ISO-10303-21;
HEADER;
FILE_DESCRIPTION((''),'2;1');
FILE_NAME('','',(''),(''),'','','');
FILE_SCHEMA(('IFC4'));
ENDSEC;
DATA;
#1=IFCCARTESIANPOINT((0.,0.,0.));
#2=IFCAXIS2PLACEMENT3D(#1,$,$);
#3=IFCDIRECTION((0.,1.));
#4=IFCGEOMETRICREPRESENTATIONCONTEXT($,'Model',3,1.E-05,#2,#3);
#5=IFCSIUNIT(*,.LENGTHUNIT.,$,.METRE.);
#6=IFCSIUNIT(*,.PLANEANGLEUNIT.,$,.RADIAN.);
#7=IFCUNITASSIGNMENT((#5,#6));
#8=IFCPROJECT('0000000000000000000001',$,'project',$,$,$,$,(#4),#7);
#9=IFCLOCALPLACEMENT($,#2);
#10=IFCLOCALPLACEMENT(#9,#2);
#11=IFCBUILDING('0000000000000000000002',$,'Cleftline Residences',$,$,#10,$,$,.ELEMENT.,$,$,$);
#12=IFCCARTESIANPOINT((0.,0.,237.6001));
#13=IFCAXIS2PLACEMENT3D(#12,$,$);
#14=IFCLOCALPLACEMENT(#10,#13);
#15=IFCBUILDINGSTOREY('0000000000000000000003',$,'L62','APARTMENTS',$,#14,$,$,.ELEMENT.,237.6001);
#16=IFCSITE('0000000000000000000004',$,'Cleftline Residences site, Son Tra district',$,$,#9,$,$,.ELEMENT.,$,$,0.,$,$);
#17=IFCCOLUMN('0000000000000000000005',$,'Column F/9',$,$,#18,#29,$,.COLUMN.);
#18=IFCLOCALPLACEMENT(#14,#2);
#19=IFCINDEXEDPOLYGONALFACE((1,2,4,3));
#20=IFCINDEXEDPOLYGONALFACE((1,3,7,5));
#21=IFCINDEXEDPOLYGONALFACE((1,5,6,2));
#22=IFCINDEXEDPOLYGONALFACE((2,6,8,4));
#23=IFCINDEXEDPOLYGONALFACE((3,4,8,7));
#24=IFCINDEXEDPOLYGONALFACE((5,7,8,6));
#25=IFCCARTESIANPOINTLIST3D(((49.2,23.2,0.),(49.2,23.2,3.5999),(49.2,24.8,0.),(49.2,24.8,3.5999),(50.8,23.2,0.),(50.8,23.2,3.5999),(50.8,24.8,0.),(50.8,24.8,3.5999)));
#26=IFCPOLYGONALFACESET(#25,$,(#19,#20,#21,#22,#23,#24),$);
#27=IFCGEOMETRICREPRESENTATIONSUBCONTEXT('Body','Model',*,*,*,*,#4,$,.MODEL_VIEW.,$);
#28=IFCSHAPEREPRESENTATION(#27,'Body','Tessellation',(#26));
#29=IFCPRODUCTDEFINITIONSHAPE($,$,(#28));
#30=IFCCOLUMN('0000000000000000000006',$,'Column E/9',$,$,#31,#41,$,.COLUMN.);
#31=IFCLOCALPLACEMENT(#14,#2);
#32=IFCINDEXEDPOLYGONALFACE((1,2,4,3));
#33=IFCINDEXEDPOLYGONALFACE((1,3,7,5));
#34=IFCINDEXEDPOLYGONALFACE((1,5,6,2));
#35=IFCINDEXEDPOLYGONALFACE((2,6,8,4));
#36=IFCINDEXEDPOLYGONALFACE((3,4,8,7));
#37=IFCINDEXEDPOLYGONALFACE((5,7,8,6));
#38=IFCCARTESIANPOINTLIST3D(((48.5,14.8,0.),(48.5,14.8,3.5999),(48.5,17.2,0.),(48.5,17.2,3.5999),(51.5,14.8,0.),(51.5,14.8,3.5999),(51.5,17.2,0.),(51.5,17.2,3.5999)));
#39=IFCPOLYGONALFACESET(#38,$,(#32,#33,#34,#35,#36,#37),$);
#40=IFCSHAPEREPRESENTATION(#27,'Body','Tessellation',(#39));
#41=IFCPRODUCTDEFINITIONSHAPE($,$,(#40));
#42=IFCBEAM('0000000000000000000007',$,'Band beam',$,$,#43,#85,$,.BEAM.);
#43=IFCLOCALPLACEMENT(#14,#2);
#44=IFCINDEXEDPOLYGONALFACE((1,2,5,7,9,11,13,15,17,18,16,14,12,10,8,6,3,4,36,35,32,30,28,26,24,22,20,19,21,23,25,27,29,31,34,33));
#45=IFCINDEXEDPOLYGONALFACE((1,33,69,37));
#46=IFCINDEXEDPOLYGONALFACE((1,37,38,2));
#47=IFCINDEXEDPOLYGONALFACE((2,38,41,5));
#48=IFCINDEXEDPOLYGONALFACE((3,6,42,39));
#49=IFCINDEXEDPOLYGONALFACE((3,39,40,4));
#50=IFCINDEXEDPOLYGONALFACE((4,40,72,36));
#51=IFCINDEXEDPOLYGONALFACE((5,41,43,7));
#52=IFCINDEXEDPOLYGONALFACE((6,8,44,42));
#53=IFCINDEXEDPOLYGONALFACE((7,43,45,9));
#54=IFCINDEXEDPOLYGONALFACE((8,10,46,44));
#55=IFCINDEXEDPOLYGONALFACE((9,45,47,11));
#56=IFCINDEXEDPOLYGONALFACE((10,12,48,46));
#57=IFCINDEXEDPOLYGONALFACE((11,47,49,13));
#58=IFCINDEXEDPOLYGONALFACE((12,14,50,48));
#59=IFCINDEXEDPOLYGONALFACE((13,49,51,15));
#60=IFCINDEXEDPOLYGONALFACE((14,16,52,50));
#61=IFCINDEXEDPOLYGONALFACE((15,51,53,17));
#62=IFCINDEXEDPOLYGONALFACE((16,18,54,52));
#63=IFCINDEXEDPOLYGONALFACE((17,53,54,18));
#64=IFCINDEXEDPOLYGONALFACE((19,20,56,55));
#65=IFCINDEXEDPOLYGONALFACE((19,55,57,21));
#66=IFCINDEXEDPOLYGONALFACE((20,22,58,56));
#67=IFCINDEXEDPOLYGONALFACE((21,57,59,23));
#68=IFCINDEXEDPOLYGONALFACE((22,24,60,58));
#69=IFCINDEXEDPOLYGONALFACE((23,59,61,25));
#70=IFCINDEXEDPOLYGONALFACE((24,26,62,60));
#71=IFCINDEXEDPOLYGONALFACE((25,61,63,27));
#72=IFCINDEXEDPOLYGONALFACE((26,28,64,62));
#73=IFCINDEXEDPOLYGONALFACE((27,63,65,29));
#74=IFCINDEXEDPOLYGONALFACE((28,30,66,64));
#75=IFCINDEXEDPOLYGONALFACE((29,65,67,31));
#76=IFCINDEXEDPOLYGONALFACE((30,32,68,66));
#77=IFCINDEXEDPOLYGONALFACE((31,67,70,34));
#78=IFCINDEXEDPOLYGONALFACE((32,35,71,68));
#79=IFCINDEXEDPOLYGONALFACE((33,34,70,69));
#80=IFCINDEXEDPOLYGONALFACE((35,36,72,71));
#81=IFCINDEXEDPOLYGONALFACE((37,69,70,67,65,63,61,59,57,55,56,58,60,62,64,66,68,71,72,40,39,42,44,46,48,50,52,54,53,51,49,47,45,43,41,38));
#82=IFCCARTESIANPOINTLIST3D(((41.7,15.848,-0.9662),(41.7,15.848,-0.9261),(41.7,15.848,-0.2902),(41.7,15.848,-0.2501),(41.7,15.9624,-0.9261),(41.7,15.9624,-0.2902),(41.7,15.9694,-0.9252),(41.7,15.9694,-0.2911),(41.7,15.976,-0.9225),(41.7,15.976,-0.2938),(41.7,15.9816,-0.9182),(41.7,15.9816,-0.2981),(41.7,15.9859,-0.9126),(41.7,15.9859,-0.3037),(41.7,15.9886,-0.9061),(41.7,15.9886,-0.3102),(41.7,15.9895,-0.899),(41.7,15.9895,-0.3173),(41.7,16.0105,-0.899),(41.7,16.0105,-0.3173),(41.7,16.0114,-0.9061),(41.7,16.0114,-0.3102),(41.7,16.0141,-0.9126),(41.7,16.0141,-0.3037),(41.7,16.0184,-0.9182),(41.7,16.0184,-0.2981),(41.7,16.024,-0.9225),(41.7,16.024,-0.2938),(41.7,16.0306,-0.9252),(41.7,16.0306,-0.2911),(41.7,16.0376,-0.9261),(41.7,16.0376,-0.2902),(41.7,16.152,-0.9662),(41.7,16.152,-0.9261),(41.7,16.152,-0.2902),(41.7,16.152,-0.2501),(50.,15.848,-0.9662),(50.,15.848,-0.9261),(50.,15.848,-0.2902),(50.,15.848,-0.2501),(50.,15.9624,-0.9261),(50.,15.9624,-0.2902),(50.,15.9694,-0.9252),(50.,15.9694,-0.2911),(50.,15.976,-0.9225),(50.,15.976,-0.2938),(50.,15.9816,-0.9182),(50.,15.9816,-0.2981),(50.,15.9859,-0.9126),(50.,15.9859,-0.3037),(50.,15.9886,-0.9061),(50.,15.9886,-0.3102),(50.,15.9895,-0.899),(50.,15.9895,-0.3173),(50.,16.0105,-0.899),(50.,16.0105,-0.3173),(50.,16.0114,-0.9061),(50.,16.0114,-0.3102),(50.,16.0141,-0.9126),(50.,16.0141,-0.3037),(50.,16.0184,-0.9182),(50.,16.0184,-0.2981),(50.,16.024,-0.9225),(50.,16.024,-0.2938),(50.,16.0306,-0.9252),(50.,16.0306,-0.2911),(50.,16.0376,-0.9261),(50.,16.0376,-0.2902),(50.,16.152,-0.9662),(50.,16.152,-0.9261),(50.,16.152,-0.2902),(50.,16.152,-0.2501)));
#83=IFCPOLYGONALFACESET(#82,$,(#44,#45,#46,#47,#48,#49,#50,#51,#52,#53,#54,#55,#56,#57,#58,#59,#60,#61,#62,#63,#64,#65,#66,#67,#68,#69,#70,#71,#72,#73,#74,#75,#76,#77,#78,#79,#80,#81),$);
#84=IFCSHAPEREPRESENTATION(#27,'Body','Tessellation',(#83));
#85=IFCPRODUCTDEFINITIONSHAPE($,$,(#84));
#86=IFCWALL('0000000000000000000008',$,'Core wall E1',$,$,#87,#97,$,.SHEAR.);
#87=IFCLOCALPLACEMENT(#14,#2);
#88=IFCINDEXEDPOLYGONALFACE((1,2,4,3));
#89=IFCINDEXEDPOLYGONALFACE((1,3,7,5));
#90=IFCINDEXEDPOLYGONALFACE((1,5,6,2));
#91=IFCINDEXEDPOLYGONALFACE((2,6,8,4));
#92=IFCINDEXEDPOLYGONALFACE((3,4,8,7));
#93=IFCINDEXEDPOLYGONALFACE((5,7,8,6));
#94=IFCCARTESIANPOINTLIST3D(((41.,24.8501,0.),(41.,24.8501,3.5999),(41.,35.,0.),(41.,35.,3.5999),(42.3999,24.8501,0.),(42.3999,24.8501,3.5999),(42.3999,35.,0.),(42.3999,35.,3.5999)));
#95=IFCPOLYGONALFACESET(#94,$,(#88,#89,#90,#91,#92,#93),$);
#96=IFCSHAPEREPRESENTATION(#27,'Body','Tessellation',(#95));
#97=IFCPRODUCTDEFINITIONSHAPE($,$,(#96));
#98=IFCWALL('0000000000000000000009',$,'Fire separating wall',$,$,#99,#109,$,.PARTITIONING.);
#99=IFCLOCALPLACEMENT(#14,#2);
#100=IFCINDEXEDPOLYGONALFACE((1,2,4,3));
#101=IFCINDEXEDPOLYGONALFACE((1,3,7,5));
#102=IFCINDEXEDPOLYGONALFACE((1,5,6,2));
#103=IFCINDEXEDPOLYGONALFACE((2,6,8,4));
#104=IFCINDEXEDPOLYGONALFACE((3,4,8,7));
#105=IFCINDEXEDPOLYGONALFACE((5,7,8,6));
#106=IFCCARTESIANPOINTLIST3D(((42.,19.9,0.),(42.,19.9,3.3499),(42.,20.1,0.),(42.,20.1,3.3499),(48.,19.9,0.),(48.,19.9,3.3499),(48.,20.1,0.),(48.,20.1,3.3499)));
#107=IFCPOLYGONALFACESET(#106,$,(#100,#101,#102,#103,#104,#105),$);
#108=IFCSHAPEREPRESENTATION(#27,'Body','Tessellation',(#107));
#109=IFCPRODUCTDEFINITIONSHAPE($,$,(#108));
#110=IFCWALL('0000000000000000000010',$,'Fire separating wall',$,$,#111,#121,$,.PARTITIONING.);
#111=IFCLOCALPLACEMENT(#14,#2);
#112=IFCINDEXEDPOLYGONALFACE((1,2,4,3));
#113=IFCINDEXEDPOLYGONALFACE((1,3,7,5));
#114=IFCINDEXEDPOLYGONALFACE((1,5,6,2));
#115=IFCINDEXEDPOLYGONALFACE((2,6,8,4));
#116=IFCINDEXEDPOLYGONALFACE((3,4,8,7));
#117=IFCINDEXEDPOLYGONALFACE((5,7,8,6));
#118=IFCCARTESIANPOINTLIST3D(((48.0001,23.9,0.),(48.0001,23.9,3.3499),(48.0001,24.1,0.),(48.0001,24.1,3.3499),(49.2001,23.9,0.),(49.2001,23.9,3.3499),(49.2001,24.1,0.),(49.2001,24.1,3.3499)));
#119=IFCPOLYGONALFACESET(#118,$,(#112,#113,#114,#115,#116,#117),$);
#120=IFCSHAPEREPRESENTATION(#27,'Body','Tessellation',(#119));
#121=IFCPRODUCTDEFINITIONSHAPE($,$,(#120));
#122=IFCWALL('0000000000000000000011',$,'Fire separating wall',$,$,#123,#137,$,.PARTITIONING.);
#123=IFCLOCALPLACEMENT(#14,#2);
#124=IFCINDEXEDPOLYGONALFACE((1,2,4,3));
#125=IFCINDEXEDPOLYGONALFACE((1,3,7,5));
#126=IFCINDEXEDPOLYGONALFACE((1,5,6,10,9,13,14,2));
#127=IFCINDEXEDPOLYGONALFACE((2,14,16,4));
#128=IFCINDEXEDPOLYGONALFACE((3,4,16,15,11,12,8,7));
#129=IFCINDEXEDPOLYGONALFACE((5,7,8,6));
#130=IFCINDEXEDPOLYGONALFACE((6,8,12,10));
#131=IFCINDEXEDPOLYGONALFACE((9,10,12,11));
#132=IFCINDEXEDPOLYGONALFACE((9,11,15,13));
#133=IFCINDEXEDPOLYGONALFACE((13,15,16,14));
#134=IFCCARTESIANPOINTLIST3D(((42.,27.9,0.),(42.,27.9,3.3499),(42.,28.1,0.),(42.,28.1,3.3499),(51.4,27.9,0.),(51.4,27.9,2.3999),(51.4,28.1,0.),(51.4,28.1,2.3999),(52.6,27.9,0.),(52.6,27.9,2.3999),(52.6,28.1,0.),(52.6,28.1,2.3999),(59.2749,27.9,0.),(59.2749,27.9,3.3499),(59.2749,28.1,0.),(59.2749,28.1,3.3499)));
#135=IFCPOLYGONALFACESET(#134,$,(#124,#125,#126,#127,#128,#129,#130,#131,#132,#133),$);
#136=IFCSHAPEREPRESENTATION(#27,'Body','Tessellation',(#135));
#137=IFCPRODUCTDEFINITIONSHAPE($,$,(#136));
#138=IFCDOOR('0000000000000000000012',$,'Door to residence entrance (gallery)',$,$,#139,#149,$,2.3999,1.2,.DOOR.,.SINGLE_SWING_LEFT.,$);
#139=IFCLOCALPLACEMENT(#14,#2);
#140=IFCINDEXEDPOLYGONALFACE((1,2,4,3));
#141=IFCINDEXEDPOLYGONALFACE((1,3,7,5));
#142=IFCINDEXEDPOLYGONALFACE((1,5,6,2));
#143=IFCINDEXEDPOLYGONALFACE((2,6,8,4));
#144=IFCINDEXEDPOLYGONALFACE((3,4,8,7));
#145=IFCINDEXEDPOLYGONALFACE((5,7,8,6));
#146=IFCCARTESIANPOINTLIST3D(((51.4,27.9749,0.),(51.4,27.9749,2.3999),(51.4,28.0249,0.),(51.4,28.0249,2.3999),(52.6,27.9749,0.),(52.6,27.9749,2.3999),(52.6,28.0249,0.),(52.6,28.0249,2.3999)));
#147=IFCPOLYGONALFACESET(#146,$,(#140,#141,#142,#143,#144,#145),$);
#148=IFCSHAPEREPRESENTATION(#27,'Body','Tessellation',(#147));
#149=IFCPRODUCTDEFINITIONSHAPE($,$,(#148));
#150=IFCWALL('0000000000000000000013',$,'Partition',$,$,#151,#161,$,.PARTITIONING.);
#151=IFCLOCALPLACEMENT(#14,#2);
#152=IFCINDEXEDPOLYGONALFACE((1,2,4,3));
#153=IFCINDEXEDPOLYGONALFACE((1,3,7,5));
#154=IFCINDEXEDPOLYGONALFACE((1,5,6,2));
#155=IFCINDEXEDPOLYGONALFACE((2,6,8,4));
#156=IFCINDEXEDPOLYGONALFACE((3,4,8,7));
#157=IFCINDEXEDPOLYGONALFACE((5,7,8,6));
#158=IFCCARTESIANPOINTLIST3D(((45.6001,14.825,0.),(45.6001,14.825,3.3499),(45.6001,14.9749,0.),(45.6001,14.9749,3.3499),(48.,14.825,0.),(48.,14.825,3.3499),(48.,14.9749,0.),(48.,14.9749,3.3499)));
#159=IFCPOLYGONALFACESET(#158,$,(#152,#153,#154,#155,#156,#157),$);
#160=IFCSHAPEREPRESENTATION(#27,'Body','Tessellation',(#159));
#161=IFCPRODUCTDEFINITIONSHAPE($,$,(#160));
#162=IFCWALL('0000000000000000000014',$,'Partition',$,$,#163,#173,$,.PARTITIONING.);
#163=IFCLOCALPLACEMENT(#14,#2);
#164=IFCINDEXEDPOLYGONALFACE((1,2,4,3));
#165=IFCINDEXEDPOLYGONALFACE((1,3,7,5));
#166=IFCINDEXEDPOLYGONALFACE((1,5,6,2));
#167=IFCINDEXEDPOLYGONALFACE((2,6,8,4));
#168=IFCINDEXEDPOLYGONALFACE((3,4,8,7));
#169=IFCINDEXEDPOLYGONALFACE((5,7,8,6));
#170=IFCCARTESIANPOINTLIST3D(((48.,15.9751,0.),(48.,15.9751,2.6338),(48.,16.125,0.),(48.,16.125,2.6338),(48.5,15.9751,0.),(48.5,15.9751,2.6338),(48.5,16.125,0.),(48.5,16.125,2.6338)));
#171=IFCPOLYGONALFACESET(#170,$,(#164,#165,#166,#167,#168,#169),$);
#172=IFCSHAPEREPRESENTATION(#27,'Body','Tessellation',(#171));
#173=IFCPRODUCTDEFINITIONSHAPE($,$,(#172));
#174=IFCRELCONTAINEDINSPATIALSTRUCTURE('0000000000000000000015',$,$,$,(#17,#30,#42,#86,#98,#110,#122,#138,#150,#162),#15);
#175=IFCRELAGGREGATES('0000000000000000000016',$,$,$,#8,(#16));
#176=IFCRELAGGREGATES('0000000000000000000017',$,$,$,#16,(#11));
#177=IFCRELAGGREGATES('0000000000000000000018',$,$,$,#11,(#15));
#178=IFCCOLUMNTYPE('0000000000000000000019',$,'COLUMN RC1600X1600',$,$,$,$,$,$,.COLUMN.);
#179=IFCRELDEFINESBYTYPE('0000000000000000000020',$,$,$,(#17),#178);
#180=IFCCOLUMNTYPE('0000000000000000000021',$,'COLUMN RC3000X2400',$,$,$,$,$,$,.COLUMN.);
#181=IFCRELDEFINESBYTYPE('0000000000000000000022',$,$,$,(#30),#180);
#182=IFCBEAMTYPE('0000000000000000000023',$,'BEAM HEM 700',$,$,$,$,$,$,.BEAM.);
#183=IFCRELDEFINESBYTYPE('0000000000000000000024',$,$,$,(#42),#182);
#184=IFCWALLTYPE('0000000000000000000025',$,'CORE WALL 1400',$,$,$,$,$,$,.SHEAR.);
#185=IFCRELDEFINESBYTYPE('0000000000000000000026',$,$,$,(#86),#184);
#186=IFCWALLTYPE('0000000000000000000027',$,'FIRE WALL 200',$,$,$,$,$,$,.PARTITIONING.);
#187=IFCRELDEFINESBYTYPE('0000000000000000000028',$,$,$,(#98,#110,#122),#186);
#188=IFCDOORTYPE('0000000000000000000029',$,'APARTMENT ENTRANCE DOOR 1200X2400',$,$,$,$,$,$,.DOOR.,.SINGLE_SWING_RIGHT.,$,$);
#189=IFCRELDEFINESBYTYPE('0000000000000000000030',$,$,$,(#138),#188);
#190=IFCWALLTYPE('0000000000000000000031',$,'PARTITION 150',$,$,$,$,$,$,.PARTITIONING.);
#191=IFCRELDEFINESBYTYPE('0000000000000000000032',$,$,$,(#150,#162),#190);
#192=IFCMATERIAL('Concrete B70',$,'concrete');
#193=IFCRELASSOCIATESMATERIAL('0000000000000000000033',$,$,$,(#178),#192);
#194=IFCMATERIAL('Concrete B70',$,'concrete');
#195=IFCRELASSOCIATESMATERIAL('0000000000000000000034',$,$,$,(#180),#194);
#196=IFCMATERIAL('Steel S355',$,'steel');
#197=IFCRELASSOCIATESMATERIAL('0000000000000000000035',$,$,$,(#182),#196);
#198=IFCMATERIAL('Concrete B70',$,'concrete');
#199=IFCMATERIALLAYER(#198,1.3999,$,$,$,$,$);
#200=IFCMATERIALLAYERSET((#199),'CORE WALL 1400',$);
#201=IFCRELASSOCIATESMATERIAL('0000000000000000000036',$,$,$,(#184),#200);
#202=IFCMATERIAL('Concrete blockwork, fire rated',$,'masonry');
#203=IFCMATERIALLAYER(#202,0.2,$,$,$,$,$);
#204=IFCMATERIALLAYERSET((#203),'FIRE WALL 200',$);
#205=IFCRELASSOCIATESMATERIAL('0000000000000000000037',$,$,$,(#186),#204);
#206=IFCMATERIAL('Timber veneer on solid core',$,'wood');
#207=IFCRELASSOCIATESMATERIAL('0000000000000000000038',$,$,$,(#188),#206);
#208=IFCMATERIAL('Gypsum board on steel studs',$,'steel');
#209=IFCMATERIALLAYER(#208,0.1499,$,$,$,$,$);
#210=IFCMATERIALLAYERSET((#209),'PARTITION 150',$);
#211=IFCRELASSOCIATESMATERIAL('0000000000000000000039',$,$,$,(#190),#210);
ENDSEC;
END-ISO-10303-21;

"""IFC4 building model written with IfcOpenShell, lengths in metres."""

from ifc_helpers import new_model, si_unit, direction, frame, frame_2d, origin, origin_2d, place, context, subcontext, project, spatial, rectangle, i_section, extrude, material, layer, layer_set, material_profile, profile_set, type_object, element, fill, save


model = new_model("IFC4")

# Units and contexts
model_context = context("Model", 3, precision=1e-05, world=origin(), true_north=direction((0.0, 1.0)))
body_context = subcontext(model_context, "Body", "Model", "MODEL_VIEW")
ifc_project = project(units=[si_unit("LENGTHUNIT", "METRE"), si_unit("PLANEANGLEUNIT", "RADIAN")], contexts=[model_context])

# Site, building, storey
site_placement = place(None, origin())
site = spatial("IfcSite", under=ifc_project, at=site_placement, Name="Cleftline Residences site, Son Tra district", CompositionType="ELEMENT", RefElevation=0.0)
building_placement = place(site_placement, origin())
building = spatial("IfcBuilding", under=site, at=building_placement, Name="Cleftline Residences", CompositionType="ELEMENT")
storey_placement = place(building_placement, frame((0.0, 0.0, 237.6001)))
storey = spatial("IfcBuildingStorey", under=building, at=storey_placement, Name="L62", Description="APARTMENTS", CompositionType="ELEMENT", Elevation=237.6001)

# Columns
ifc_material_1 = material(Name="Concrete B70", Category="concrete")
ifc_material_profile_1 = material_profile(ifc_material_1, rectangle(XDim=1.6001, YDim=1.6001, at=origin_2d()))
ifc_profile_set_1 = profile_set([ifc_material_profile_1], Name="Concrete B70")
column_type_1 = type_object("IfcColumnType", Name="COLUMN RC1600X1600", PredefinedType="COLUMN", material=ifc_profile_set_1)
column_1_placement = place(storey_placement, frame((50.0, 24.0, 0.0), z_axis=(0.0, 0.0, 1.0), x_axis=(1.0, 0.0, 0.0)))
element("IfcColumn", 1, at=column_1_placement, inside=storey, type_object=column_type_1, Name="Column F/9", PredefinedType="COLUMN", context=body_context, shape_type="SweptSolid", body=[
    extrude(rectangle(XDim=1.6001, YDim=1.6001, at=origin_2d()), origin(), (0.0, 0.0, 1.0), 3.5999),
])
ifc_material_2 = material(Name="Concrete B70", Category="concrete")
ifc_material_profile_2 = material_profile(ifc_material_2, rectangle(XDim=3.0, YDim=2.3999, at=origin_2d()))
ifc_profile_set_2 = profile_set([ifc_material_profile_2], Name="Concrete B70")
column_type_2 = type_object("IfcColumnType", Name="COLUMN RC3000X2400", PredefinedType="COLUMN", material=ifc_profile_set_2)
column_2_placement = place(storey_placement, frame((50.0, 16.0, 0.0), z_axis=(0.0, 0.0, 1.0), x_axis=(1.0, 0.0, 0.0)))
element("IfcColumn", 2, at=column_2_placement, inside=storey, type_object=column_type_2, Name="Column E/9", PredefinedType="COLUMN", context=body_context, shape_type="SweptSolid", body=[
    extrude(rectangle(XDim=3.0, YDim=2.3999, at=origin_2d()), origin(), (0.0, 0.0, 1.0), 3.5999),
])

# Beam
ifc_material_3 = material(Name="Steel S355", Category="steel")
ifc_material_profile_3 = material_profile(ifc_material_3, i_section(OverallWidth=0.304, OverallDepth=0.7161, WebThickness=0.021, FlangeThickness=0.04, FilletRadius=0.0271, at=origin_2d()))
ifc_profile_set_3 = profile_set([ifc_material_profile_3], Name="Steel S355")
beam_type = type_object("IfcBeamType", Name="BEAM HEM 700", PredefinedType="BEAM", material=ifc_profile_set_3)
beam_placement = place(storey_placement, frame((50.0, 16.0, -0.6082), z_axis=(-1.0, 0.0, 0.0), x_axis=(0.0, -1.0, 0.0)))
element("IfcBeam", 3, at=beam_placement, inside=storey, type_object=beam_type, Name="Band beam", PredefinedType="BEAM", context=body_context, shape_type="SweptSolid", body=[
    extrude(i_section(OverallWidth=0.304, OverallDepth=0.7161, WebThickness=0.021, FlangeThickness=0.04, FilletRadius=0.0271, at=origin_2d()), origin(), (0.0, 0.0, 1.0), 8.3),
])

# Walls
ifc_material_4 = material(Name="Concrete B70", Category="concrete")
ifc_layer_1 = layer(ifc_material_4, 1.3999)
ifc_layer_set_1 = layer_set([ifc_layer_1], Name="CORE WALL 1400")
wall_type_1 = type_object("IfcWallType", Name="CORE WALL 1400", PredefinedType="SHEAR", material=ifc_layer_set_1)
wall_1_placement = place(storey_placement, frame((41.7, 24.8501, 0.0), z_axis=(0.0, 0.0, 1.0), x_axis=(0.0, 1.0, 0.0)))
element("IfcWall", 4, at=wall_1_placement, inside=storey, type_object=wall_type_1, Name="Core wall E1", PredefinedType="SHEAR", context=body_context, shape_type="SweptSolid", body=[
    extrude(rectangle(XDim=10.1499, YDim=1.3999, at=frame_2d((5.075, 0.0))), origin(), (0.0, 0.0, 1.0), 3.5999),
])
ifc_material_5 = material(Name="Concrete blockwork, fire rated", Category="masonry")
ifc_layer_2 = layer(ifc_material_5, 0.2)
ifc_layer_set_2 = layer_set([ifc_layer_2], Name="FIRE WALL 200")
wall_type_2 = type_object("IfcWallType", Name="FIRE WALL 200", PredefinedType="PARTITIONING", material=ifc_layer_set_2)
wall_2_placement = place(storey_placement, frame((42.0, 20.0, 0.0), z_axis=(0.0, 0.0, 1.0), x_axis=(1.0, 0.0, 0.0)))
element("IfcWall", 5, at=wall_2_placement, inside=storey, type_object=wall_type_2, Name="Fire separating wall", PredefinedType="PARTITIONING", context=body_context, shape_type="SweptSolid", body=[
    extrude(rectangle(XDim=6.0, YDim=0.2, at=frame_2d((3.0, 0.0))), origin(), (0.0, 0.0, 1.0), 3.3499),
])
wall_3_placement = place(storey_placement, frame((48.0, 24.0, 0.0), z_axis=(0.0, 0.0, 1.0), x_axis=(1.0, 0.0, 0.0)))
element("IfcWall", 6, at=wall_3_placement, inside=storey, type_object=wall_type_2, Name="Fire separating wall", PredefinedType="PARTITIONING", context=body_context, shape_type="SweptSolid", body=[
    extrude(rectangle(XDim=1.2, YDim=0.2, at=frame_2d((0.6001, 0.0))), origin(), (0.0, 0.0, 1.0), 3.3499),
])

# Wall, opening, door
wall_4_placement = place(storey_placement, frame((42.0, 28.0, 0.0), z_axis=(0.0, 0.0, 1.0), x_axis=(1.0, 0.0, 0.0)))
wall_4 = element("IfcWall", 7, at=wall_4_placement, inside=storey, type_object=wall_type_2, Name="Fire separating wall", PredefinedType="PARTITIONING", context=body_context, shape_type="SweptSolid", body=[
    extrude(rectangle(XDim=17.2749, YDim=0.2, at=frame_2d((8.6375, 0.0))), origin(), (0.0, 0.0, 1.0), 3.3499),
])
opening_1_placement = place(wall_4_placement, frame((9.3999, 0.0, 0.0)))
opening_1 = element("IfcOpeningElement", 8, at=opening_1_placement, cuts=wall_4, PredefinedType="OPENING", context=body_context, shape_type="SweptSolid", body=[
    extrude(rectangle(XDim=1.2, YDim=2.3999, at=frame_2d((0.6001, 1.2))), frame((0.0, 0.1099, 0.0), z_axis=(0.0, -1.0, 0.0), x_axis=(1.0, 0.0, 0.0)), (0.0, 0.0, 1.0), 0.22),
])
ifc_material_6 = material(Name="Timber veneer on solid core", Category="wood")
door_type_1 = type_object("IfcDoorType", Name="APARTMENT ENTRANCE DOOR 1200X2400", OperationType="SINGLE_SWING_RIGHT", PredefinedType="DOOR", material=ifc_material_6)
door_1_placement = place(opening_1_placement, origin())
door_1 = element("IfcDoor", 9, at=door_1_placement, inside=storey, type_object=door_type_1, Name="Door to residence entrance (gallery)", OperationType="SINGLE_SWING_LEFT", OverallHeight=2.3999, OverallWidth=1.2, PredefinedType="DOOR", context=body_context, shape_type="SweptSolid", body=[
    extrude(rectangle(XDim=1.2, YDim=2.3999, at=frame_2d((0.6001, 1.2))), frame((0.0, 0.0249, 0.0), z_axis=(0.0, -1.0, 0.0), x_axis=(1.0, 0.0, 0.0)), (0.0, 0.0, 1.0), 0.05),
])
fill(opening_1, door_1)

# Walls
ifc_material_7 = material(Name="Gypsum board on steel studs", Category="steel")
ifc_layer_3 = layer(ifc_material_7, 0.1499)
ifc_layer_set_3 = layer_set([ifc_layer_3], Name="PARTITION 150")
wall_type_3 = type_object("IfcWallType", Name="PARTITION 150", PredefinedType="PARTITIONING", material=ifc_layer_set_3)
wall_5_placement = place(storey_placement, frame((45.6001, 14.8999, 0.0), z_axis=(0.0, 0.0, 1.0), x_axis=(1.0, 0.0, 0.0)))
element("IfcWall", 10, at=wall_5_placement, inside=storey, type_object=wall_type_3, Name="Partition", PredefinedType="PARTITIONING", context=body_context, shape_type="SweptSolid", body=[
    extrude(rectangle(XDim=2.3999, YDim=0.1499, at=frame_2d((1.2, 0.0))), origin(), (0.0, 0.0, 1.0), 3.3499),
])
wall_6_placement = place(storey_placement, frame((48.0, 16.05, 0.0), z_axis=(0.0, 0.0, 1.0), x_axis=(1.0, 0.0, 0.0)))
element("IfcWall", 11, at=wall_6_placement, inside=storey, type_object=wall_type_3, Name="Partition", PredefinedType="PARTITIONING", context=body_context, shape_type="SweptSolid", body=[
    extrude(rectangle(XDim=0.5, YDim=0.1499, at=frame_2d((0.25, 0.0))), origin(), (0.0, 0.0, 1.0), 2.6338),
])

save(model, "model.ifc")
